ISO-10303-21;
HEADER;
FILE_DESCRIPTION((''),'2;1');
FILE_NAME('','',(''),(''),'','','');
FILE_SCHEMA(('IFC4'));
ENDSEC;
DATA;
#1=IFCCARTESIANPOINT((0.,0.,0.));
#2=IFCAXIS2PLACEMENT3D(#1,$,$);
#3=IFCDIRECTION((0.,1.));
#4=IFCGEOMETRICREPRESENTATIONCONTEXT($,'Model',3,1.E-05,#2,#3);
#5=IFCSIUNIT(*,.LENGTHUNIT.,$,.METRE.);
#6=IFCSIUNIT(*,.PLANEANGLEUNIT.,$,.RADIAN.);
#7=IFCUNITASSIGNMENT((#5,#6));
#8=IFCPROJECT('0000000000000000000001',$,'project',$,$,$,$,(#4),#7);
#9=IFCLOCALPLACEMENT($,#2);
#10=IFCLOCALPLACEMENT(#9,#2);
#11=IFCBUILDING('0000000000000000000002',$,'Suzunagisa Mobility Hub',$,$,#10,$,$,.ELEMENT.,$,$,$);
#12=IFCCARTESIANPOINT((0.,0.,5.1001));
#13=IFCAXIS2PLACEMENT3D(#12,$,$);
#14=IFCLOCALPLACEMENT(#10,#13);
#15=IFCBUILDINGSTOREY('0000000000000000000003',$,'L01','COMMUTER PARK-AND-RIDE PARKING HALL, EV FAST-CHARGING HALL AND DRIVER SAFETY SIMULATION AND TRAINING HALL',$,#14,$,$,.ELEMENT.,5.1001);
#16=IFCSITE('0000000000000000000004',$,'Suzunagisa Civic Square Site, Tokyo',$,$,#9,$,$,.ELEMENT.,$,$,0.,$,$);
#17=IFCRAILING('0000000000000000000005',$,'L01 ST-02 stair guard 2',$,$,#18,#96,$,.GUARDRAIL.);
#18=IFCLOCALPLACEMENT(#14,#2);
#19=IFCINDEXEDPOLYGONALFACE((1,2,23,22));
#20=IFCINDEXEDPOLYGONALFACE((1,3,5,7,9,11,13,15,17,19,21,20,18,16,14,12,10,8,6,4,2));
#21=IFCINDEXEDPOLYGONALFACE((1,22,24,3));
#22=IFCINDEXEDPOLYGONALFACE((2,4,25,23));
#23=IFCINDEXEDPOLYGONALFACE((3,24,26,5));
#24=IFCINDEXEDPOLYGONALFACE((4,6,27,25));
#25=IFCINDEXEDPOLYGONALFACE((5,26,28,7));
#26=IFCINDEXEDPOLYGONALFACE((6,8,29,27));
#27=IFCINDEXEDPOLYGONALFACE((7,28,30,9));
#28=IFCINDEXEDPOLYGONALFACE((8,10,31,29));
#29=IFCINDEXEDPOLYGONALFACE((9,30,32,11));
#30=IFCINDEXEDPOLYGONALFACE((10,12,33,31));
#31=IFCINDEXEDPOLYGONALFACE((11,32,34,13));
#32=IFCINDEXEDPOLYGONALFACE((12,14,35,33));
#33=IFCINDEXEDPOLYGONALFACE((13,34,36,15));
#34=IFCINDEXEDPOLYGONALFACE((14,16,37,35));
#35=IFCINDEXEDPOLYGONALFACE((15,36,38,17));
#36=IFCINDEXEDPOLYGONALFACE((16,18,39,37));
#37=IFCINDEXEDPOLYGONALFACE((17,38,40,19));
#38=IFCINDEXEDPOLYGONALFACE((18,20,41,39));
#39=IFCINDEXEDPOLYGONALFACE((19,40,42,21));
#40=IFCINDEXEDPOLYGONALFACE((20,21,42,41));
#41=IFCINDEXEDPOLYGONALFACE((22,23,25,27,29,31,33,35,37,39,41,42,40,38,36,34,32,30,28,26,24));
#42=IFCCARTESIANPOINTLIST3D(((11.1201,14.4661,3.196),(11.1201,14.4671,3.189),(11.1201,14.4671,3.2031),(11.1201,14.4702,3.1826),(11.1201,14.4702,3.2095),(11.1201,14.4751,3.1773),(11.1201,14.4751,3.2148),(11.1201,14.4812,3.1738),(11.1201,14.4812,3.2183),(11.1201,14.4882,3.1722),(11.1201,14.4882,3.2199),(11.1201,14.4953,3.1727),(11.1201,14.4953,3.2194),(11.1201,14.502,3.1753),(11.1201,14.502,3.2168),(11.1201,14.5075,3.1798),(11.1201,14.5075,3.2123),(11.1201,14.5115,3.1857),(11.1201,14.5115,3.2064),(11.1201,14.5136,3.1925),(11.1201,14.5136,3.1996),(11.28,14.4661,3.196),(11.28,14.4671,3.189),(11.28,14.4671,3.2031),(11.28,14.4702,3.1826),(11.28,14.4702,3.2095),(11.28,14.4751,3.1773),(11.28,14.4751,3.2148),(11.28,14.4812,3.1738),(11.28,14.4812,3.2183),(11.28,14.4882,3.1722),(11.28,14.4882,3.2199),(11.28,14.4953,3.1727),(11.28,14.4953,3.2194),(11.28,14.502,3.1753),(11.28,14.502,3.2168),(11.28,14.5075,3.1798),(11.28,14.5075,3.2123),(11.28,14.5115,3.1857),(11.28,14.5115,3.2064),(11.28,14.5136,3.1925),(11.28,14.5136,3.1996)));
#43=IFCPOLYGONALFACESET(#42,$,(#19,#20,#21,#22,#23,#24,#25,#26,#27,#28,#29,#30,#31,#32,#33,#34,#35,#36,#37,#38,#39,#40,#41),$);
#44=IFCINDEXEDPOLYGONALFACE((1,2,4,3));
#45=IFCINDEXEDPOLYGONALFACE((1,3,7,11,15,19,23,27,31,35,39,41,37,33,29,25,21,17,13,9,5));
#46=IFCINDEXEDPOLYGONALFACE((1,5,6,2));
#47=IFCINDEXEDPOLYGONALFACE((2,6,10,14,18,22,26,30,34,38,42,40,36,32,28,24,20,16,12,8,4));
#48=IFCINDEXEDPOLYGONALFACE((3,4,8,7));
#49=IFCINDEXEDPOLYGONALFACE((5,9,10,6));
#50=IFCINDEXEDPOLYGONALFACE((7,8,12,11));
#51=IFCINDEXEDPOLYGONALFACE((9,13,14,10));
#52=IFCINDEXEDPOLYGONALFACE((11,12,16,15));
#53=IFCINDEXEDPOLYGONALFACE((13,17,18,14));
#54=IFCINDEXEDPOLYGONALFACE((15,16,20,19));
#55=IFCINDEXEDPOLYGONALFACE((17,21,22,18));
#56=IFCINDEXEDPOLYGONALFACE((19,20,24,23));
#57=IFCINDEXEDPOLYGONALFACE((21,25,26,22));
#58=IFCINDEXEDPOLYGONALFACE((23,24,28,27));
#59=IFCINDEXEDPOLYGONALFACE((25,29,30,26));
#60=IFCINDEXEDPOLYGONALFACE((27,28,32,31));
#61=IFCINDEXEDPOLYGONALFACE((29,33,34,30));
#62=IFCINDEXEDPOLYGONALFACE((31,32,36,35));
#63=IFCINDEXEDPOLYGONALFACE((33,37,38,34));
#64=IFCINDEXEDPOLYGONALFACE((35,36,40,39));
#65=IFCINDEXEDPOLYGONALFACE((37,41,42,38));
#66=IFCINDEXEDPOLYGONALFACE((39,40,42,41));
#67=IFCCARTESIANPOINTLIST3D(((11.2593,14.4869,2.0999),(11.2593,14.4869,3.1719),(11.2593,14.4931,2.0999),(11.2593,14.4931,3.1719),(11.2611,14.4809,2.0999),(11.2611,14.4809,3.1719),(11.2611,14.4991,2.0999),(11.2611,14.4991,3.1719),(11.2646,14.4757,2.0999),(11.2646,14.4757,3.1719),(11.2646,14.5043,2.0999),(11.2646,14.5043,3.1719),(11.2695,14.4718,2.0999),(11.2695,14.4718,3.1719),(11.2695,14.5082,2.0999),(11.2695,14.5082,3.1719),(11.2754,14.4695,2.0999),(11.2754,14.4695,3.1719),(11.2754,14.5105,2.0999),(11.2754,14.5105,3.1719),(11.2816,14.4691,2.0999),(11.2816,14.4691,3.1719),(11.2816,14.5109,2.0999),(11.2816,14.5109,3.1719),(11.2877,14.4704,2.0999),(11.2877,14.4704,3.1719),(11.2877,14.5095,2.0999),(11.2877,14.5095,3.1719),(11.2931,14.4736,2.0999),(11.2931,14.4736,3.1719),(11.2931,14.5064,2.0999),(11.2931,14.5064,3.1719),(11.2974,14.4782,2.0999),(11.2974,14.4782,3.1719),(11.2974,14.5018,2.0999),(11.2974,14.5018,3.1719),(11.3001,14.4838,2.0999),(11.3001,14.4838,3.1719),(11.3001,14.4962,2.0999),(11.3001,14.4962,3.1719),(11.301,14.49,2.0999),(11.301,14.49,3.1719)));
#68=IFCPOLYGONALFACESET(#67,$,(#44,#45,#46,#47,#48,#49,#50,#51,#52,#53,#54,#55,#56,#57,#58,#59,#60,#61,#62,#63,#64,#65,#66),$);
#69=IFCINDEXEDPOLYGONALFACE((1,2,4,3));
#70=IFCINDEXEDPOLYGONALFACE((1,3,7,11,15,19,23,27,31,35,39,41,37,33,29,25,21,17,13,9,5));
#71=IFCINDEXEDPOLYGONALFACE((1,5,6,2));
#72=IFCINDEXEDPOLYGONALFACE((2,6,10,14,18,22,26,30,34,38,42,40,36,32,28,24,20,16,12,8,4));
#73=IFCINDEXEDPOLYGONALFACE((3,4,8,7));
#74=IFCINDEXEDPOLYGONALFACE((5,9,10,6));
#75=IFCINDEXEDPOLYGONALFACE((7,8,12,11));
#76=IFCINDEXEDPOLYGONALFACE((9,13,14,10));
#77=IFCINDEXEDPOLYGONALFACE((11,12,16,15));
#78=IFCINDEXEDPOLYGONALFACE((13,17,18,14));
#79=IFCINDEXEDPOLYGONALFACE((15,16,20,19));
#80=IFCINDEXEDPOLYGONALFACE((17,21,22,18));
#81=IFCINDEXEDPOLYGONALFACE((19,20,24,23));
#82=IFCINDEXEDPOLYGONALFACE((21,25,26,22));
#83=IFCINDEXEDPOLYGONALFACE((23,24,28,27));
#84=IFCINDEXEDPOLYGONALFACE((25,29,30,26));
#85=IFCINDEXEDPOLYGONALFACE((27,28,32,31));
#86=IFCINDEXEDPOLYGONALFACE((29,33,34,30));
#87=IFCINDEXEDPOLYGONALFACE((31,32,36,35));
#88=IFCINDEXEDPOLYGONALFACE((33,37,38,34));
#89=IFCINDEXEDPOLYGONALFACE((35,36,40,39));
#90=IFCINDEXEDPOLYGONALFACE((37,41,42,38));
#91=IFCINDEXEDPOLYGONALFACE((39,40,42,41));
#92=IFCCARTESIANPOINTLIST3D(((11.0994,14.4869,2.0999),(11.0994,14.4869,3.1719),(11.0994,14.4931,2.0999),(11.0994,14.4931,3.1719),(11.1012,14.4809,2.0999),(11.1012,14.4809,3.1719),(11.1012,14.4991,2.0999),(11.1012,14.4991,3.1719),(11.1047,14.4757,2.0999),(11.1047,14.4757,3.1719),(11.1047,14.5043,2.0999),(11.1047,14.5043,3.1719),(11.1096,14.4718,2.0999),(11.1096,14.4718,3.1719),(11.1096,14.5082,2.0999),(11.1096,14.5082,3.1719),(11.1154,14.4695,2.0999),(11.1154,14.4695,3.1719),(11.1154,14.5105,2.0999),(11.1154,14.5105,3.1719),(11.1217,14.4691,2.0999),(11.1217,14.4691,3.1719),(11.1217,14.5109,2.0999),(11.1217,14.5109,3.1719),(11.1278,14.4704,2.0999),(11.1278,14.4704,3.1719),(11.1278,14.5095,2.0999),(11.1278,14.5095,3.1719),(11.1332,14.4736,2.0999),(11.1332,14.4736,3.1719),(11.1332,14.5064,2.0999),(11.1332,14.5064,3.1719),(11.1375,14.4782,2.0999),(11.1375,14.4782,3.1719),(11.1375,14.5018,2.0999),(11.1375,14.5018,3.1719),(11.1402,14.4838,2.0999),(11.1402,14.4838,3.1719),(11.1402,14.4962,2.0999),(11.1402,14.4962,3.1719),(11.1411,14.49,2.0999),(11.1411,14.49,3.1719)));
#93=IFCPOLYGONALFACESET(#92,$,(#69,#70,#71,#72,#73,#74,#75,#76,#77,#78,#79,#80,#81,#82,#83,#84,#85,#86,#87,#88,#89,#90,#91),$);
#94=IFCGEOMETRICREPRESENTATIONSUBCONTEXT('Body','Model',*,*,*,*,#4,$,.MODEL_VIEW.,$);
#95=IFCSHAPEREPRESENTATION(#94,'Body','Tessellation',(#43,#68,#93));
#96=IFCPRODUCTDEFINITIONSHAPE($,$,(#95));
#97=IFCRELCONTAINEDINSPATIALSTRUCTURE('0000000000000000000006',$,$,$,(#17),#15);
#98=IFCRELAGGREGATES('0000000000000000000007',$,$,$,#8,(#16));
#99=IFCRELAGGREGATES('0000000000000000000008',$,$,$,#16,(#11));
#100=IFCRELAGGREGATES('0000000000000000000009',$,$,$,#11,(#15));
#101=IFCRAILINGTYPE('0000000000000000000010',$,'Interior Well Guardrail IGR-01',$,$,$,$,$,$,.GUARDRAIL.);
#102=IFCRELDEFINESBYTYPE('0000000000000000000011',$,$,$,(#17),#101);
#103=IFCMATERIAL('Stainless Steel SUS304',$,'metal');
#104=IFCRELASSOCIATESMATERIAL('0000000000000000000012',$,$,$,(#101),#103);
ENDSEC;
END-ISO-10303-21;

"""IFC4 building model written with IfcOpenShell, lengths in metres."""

from ifc_helpers import new_model, si_unit, direction, frame, origin, origin_2d, place, context, subcontext, project, spatial, circle, extrude, material, type_object, element, save


model = new_model("IFC4")

# Units and contexts
model_context = context("Model", 3, precision=1e-05, world=origin(), true_north=direction((0.0, 1.0)))
body_context = subcontext(model_context, "Body", "Model", "MODEL_VIEW")
ifc_project = project(units=[si_unit("LENGTHUNIT", "METRE"), si_unit("PLANEANGLEUNIT", "RADIAN")], contexts=[model_context])

# Site, building, storey
site_placement = place(None, origin())
site = spatial("IfcSite", under=ifc_project, at=site_placement, Name="Suzunagisa Civic Square Site, Tokyo", CompositionType="ELEMENT", RefElevation=0.0)
building_placement = place(site_placement, origin())
building = spatial("IfcBuilding", under=site, at=building_placement, Name="Suzunagisa Mobility Hub", CompositionType="ELEMENT")
storey_placement = place(building_placement, frame((0.0, 0.0, 5.1001)))
storey = spatial("IfcBuildingStorey", under=building, at=storey_placement, Name="L01", Description="COMMUTER PARK-AND-RIDE PARKING HALL, EV FAST-CHARGING HALL AND DRIVER SAFETY SIMULATION AND TRAINING HALL", CompositionType="ELEMENT", Elevation=5.1001)

# Railing
ifc_material_1 = material(Name="Stainless Steel SUS304", Category="metal")
railing_type_1 = type_object("IfcRailingType", Name="Interior Well Guardrail IGR-01", PredefinedType="GUARDRAIL", material=ifc_material_1)
railing_1_placement = place(storey_placement, frame((11.28, 14.49, 2.0999)))
element("IfcRailing", 1, at=railing_1_placement, inside=storey, type_object=railing_type_1, Name="L01 ST-02 stair guard 2", PredefinedType="GUARDRAIL", context=body_context, shape_type="SweptSolid", body=[
    extrude(circle(Radius=0.0239, at=origin_2d()), frame((0.0, 0.0, 1.0962), z_axis=(-1.0, 0.0, 0.0), x_axis=(0.0, -1.0, 0.0)), (0.0, 0.0, 1.0), 0.1599),
    extrude(circle(Radius=0.021, at=origin_2d()), origin(), (0.0, 0.0, 1.0), 1.072),
    extrude(circle(Radius=0.021, at=origin_2d()), frame((-0.1599, 0.0, 0.0)), (0.0, 0.0, 1.0), 1.072),
])

save(model, "model.ifc")
